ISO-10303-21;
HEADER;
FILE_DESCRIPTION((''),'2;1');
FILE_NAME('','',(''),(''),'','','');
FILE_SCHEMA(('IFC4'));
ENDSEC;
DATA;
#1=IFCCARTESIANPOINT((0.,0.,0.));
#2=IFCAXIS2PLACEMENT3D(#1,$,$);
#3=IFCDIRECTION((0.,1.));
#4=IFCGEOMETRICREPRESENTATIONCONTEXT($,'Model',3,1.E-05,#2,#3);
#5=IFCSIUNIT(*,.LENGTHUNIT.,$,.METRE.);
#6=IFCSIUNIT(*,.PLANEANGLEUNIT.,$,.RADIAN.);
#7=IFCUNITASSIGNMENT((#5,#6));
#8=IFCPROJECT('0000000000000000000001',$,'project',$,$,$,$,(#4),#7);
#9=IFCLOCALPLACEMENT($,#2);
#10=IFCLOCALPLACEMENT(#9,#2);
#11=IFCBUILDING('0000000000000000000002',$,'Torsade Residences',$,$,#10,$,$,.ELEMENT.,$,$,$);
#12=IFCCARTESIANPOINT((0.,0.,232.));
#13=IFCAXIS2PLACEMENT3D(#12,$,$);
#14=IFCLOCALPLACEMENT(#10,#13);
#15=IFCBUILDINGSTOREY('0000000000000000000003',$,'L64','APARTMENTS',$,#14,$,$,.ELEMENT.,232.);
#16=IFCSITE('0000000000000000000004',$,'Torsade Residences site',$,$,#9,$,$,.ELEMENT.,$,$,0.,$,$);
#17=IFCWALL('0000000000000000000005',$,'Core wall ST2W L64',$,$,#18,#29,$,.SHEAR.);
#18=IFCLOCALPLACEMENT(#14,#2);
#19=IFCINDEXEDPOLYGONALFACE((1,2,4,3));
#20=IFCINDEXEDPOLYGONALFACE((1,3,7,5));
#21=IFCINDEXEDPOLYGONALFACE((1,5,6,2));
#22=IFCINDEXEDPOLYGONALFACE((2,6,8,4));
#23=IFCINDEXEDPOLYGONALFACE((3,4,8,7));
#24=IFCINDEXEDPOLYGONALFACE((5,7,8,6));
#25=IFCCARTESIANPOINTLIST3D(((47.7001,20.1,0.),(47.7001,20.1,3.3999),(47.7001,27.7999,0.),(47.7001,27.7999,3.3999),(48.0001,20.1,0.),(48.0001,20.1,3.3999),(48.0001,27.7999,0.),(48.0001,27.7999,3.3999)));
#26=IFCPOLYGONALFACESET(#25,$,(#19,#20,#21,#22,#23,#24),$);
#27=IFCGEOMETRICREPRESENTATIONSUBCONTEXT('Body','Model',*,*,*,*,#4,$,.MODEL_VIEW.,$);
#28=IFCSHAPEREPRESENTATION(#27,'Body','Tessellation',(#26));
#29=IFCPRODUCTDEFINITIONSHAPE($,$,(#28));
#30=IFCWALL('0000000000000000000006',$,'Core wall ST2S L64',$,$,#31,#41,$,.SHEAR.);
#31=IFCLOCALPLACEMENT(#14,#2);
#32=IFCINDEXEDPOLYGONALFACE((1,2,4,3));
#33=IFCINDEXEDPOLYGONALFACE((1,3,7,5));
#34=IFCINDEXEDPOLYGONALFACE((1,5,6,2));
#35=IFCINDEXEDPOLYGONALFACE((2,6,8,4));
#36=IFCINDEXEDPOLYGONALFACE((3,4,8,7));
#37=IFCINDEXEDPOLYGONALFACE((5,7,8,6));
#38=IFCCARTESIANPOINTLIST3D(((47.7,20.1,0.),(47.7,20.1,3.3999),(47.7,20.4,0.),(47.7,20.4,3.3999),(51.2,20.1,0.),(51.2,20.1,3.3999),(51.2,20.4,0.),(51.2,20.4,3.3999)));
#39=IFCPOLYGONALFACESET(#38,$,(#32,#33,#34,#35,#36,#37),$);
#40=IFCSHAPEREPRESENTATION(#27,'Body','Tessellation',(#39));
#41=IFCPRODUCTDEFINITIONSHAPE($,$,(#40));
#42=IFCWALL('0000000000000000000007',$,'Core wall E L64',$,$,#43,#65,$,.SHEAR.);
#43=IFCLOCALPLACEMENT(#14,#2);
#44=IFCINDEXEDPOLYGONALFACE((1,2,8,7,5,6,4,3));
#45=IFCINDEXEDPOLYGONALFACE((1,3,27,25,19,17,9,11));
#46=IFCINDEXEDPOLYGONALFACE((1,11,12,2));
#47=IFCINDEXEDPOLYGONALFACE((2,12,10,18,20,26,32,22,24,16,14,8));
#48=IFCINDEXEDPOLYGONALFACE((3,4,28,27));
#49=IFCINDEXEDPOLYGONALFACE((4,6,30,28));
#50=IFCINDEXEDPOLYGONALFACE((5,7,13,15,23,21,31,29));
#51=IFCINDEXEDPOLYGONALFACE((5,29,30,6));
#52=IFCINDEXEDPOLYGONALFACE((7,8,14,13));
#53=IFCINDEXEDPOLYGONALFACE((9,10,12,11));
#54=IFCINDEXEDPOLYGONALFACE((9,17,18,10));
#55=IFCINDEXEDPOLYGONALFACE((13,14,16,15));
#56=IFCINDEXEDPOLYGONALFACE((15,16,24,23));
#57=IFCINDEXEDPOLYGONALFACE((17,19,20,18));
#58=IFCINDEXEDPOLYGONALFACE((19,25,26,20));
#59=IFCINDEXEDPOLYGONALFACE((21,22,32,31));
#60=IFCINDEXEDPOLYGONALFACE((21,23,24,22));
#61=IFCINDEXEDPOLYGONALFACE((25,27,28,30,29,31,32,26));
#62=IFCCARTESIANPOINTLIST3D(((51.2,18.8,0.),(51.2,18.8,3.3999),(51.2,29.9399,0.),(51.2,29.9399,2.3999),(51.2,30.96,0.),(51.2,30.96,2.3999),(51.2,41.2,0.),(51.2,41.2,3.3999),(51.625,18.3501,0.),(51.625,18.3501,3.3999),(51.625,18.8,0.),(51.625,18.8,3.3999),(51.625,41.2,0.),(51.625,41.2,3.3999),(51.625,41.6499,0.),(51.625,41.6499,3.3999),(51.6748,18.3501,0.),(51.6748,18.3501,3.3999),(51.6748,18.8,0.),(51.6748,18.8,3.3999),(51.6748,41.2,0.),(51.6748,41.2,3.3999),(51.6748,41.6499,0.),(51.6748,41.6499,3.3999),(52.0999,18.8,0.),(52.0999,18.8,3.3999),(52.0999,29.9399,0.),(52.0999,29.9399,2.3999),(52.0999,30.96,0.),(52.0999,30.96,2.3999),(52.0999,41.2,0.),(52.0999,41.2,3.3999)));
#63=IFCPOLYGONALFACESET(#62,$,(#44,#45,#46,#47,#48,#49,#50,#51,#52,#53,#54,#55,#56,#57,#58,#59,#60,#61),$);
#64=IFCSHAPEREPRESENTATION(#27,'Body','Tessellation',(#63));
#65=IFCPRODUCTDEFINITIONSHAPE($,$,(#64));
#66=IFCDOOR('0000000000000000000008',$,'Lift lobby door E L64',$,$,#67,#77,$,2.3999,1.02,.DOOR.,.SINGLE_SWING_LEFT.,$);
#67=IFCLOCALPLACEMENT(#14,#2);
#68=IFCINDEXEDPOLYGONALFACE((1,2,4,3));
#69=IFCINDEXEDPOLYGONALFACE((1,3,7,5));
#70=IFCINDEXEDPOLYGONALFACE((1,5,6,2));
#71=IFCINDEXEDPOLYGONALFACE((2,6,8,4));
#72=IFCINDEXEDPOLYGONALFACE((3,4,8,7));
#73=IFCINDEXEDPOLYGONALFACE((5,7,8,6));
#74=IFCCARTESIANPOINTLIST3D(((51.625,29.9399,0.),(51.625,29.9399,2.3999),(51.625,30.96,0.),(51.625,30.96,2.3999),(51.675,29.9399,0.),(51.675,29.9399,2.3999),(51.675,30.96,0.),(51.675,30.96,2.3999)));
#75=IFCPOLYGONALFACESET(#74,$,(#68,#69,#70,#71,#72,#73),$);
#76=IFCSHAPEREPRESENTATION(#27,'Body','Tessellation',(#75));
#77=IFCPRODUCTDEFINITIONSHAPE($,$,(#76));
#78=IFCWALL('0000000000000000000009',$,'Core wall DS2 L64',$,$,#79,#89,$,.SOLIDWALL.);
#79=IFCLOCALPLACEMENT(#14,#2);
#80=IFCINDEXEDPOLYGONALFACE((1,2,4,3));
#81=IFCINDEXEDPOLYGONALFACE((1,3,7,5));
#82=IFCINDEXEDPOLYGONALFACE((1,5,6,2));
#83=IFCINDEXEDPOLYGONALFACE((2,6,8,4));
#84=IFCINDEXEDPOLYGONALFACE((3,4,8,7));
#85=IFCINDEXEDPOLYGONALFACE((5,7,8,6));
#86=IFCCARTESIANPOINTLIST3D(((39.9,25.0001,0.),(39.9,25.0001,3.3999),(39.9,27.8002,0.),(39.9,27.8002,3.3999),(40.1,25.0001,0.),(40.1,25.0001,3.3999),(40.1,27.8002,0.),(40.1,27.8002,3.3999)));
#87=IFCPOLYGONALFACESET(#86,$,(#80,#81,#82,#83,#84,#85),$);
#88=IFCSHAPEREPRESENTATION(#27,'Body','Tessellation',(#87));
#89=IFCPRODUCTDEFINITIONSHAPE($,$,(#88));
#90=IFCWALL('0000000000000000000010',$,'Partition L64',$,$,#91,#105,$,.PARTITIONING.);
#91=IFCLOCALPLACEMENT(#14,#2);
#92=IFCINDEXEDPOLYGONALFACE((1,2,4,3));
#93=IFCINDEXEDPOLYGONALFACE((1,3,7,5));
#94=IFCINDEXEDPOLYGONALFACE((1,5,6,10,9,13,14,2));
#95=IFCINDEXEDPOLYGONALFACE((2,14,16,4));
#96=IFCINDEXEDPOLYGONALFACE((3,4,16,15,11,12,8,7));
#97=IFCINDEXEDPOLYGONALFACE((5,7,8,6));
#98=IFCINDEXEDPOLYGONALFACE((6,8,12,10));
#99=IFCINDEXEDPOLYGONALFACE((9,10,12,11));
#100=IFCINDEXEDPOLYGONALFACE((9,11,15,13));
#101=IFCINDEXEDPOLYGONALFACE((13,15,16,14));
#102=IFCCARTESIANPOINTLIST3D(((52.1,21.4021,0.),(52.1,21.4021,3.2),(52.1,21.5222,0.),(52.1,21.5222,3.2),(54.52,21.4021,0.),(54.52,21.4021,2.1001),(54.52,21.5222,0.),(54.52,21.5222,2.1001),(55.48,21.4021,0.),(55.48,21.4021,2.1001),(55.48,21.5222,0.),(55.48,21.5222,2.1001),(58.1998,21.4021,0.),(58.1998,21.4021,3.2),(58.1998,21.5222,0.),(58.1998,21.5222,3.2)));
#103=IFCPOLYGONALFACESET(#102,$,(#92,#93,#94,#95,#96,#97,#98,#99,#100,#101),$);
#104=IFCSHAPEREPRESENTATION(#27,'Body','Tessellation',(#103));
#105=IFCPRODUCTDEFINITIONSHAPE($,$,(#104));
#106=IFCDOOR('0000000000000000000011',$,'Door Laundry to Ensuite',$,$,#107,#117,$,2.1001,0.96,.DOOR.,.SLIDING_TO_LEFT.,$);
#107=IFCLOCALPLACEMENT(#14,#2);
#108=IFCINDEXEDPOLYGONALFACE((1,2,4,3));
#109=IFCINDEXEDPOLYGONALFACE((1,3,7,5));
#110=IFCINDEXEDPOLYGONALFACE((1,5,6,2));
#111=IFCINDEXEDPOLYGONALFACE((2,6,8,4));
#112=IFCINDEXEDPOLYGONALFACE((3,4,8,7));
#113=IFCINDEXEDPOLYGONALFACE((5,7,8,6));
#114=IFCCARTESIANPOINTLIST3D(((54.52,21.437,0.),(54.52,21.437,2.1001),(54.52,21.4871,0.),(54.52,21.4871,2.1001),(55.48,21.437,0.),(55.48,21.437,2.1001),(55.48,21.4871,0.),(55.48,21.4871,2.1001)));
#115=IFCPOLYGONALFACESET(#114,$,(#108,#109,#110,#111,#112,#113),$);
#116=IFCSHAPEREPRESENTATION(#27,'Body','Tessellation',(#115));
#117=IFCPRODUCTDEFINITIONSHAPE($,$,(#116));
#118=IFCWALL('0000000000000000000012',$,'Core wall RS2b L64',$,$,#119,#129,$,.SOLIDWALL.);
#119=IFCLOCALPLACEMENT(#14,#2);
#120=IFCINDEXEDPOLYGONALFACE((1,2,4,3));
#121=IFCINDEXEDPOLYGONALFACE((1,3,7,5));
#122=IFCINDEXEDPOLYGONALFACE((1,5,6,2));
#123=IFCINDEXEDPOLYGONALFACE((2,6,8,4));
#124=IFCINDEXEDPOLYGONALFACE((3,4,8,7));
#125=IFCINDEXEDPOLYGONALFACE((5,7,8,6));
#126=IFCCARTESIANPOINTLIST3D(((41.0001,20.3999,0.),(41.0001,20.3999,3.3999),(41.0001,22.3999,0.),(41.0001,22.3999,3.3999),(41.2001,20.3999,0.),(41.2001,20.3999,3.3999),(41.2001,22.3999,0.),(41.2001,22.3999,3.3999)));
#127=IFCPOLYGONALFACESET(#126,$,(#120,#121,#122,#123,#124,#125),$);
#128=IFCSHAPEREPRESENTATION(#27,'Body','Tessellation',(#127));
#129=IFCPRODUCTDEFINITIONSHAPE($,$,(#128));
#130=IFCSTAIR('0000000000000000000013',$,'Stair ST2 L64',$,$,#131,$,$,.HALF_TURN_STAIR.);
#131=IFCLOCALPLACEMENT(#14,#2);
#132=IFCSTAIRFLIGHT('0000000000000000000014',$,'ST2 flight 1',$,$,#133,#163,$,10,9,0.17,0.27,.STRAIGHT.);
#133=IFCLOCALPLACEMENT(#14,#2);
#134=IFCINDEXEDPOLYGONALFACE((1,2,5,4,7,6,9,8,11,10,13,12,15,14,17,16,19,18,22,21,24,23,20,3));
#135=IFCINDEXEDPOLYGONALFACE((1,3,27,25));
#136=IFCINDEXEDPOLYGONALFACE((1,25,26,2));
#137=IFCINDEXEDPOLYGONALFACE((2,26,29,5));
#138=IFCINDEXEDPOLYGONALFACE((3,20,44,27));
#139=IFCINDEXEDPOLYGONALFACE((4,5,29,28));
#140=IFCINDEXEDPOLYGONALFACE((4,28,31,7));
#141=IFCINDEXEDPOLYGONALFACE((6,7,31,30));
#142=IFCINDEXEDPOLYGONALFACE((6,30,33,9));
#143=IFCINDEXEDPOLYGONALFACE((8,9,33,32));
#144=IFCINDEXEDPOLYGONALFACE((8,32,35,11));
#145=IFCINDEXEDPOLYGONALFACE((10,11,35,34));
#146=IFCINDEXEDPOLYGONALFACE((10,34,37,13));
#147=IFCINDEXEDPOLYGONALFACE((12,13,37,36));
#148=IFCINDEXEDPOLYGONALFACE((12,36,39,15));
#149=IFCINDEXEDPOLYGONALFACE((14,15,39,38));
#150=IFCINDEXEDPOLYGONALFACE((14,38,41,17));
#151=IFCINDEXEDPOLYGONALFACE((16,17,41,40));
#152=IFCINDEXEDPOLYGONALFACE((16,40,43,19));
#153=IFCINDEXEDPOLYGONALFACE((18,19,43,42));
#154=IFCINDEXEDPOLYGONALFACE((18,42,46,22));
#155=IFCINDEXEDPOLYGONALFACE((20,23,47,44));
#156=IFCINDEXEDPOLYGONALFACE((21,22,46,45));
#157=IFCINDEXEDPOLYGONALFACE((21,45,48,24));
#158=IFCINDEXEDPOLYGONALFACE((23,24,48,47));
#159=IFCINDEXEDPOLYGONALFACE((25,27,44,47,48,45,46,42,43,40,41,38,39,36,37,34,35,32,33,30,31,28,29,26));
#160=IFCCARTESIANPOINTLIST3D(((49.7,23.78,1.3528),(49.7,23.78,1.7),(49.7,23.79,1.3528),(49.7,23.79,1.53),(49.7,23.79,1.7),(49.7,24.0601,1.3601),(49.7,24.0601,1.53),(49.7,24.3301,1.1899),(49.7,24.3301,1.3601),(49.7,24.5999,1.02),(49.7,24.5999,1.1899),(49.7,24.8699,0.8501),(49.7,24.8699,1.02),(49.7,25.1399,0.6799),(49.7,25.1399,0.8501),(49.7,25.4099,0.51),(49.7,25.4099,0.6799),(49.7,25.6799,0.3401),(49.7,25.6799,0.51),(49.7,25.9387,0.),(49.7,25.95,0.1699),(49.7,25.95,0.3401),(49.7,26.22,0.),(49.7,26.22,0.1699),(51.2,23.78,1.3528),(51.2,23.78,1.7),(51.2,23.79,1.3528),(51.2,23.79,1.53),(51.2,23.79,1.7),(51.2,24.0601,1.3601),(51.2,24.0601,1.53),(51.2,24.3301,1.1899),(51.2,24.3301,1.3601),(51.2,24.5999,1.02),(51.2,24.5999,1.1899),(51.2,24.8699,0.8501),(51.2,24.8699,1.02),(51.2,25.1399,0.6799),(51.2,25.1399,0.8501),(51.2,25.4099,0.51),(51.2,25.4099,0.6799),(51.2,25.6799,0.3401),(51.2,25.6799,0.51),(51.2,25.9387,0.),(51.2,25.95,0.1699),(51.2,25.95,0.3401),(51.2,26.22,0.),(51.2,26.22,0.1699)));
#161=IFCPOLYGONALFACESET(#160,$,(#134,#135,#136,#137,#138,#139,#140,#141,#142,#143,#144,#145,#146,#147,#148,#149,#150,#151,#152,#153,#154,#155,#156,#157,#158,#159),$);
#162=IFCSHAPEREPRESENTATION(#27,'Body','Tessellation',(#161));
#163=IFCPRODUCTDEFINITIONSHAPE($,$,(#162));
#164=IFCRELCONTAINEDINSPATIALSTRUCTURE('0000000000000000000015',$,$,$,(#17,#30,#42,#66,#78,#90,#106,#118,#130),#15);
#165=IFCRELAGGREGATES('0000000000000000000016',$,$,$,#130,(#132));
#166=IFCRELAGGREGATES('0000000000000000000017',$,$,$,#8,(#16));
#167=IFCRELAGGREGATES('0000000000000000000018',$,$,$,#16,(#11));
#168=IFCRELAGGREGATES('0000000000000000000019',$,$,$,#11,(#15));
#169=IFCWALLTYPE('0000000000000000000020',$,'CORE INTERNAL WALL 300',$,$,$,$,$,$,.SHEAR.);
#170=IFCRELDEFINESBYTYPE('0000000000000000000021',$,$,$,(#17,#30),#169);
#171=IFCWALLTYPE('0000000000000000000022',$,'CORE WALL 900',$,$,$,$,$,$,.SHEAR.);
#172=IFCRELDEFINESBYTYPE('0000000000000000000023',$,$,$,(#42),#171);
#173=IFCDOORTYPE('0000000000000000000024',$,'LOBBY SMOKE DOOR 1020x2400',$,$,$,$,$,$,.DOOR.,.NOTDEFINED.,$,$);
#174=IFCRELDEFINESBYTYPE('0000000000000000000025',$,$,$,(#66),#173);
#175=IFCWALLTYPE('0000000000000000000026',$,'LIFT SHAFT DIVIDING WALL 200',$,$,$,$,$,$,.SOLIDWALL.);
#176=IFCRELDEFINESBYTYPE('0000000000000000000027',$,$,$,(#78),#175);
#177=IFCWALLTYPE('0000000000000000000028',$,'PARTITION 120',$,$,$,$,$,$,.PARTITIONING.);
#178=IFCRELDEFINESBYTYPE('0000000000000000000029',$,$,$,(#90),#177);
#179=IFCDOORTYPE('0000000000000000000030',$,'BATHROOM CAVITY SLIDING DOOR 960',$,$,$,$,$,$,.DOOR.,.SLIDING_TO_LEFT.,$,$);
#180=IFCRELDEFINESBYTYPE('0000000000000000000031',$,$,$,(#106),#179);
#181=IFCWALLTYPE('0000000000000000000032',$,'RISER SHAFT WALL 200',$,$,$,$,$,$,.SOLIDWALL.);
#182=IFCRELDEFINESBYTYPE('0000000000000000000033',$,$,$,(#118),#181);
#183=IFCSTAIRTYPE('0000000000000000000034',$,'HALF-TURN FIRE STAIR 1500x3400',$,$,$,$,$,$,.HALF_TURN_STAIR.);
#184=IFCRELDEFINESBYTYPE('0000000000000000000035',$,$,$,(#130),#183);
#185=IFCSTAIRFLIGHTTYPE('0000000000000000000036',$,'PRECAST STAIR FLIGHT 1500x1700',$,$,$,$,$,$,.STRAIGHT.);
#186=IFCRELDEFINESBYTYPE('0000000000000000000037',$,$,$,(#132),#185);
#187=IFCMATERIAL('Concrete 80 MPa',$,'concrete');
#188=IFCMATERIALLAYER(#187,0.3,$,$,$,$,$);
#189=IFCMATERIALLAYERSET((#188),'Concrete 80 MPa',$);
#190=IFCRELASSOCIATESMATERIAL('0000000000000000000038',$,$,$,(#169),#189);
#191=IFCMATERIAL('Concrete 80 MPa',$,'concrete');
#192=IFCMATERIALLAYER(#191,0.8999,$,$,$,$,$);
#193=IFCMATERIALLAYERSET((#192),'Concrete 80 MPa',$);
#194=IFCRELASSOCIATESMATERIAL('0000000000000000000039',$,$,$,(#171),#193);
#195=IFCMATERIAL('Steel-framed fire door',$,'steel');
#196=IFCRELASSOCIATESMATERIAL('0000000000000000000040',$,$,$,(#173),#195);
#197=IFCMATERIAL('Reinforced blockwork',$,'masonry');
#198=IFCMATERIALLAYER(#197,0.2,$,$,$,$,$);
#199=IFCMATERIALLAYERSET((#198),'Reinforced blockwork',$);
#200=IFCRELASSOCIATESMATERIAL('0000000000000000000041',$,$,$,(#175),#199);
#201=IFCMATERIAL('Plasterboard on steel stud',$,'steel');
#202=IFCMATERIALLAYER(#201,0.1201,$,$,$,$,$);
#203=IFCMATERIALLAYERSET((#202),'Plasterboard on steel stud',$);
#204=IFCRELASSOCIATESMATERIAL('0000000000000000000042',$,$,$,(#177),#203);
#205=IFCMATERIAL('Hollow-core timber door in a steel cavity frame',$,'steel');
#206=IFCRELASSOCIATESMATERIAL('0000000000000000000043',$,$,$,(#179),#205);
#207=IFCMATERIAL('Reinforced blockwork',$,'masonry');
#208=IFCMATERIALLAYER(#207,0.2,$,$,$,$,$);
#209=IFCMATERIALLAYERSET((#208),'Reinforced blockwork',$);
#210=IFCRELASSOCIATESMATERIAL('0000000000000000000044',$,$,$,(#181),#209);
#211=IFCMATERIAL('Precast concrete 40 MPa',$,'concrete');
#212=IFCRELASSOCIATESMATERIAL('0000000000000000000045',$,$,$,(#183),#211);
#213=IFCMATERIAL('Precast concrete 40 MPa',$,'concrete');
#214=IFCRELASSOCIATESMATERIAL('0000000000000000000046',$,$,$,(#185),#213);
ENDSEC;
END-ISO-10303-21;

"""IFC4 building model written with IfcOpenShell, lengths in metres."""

from ifc_helpers import new_model, si_unit, direction, frame, frame_2d, origin, place, context, subcontext, project, spatial, polyline, rectangle, outline, extrude, material, layer, layer_set, type_object, element, fill, aggregate, save


model = new_model("IFC4")

# Units and contexts
model_context = context("Model", 3, precision=1e-05, world=origin(), true_north=direction((0.0, 1.0)))
body_context = subcontext(model_context, "Body", "Model", "MODEL_VIEW")
ifc_project = project(units=[si_unit("LENGTHUNIT", "METRE"), si_unit("PLANEANGLEUNIT", "RADIAN")], contexts=[model_context])

# Site, building, storey
site_placement = place(None, origin())
site = spatial("IfcSite", under=ifc_project, at=site_placement, Name="Torsade Residences site", CompositionType="ELEMENT", RefElevation=0.0)
building_placement = place(site_placement, origin())
building = spatial("IfcBuilding", under=site, at=building_placement, Name="Torsade Residences", CompositionType="ELEMENT")
storey_placement = place(building_placement, frame((0.0, 0.0, 232.0)))
storey = spatial("IfcBuildingStorey", under=building, at=storey_placement, Name="L64", Description="APARTMENTS", CompositionType="ELEMENT", Elevation=232.0)

# Shared definitions
ifc_material_1 = material(Name="Concrete 80 MPa", Category="concrete")
ifc_layer_1 = layer(ifc_material_1, 0.3)
ifc_layer_set_1 = layer_set([ifc_layer_1], Name="Concrete 80 MPa")
wall_type_1 = type_object("IfcWallType", Name="CORE INTERNAL WALL 300", PredefinedType="SHEAR", material=ifc_layer_set_1)

# Walls
wall_1_placement = place(storey_placement, frame((47.8501, 27.8, 0.0), z_axis=(0.0, 0.0, 1.0), x_axis=(0.0, -1.0, 0.0)))
element("IfcWall", 1, at=wall_1_placement, inside=storey, type_object=wall_type_1, Name="Core wall ST2W L64", PredefinedType="SHEAR", context=body_context, shape_type="SweptSolid", body=[
    extrude(rectangle(XDim=7.7, YDim=0.3, at=frame_2d((3.8501, 0.0))), origin(), (0.0, 0.0, 1.0), 3.3999),
])
wall_2_placement = place(storey_placement, frame((51.2, 20.25, 0.0), z_axis=(0.0, 0.0, 1.0), x_axis=(-1.0, 0.0, 0.0)))
element("IfcWall", 2, at=wall_2_placement, inside=storey, type_object=wall_type_1, Name="Core wall ST2S L64", PredefinedType="SHEAR", context=body_context, shape_type="SweptSolid", body=[
    extrude(rectangle(XDim=3.5, YDim=0.3, at=frame_2d((1.75, 0.0))), origin(), (0.0, 0.0, 1.0), 3.3999),
])

# Wall, opening, door
ifc_material_2 = material(Name="Concrete 80 MPa", Category="concrete")
ifc_layer_2 = layer(ifc_material_2, 0.8999)
ifc_layer_set_2 = layer_set([ifc_layer_2], Name="Concrete 80 MPa")
wall_type_2 = type_object("IfcWallType", Name="CORE WALL 900", PredefinedType="SHEAR", material=ifc_layer_set_2)
wall_3_placement = place(storey_placement, frame((51.6499, 18.8, 0.0), z_axis=(0.0, 0.0, 1.0), x_axis=(0.0, 1.0, 0.0)))
wall_3 = element("IfcWall", 3, at=wall_3_placement, inside=storey, type_object=wall_type_2, Name="Core wall E L64", PredefinedType="SHEAR", context=body_context, shape_type="SweptSolid", body=[
    extrude(outline(polyline([(0.0, -0.45), (22.3999, -0.45), (22.3999, -0.0249), (22.8499, -0.0249), (22.8499, 0.0249), (22.3999, 0.0249), (22.3999, 0.45), (0.0, 0.45), (0.0, 0.0249), (-0.45, 0.0249), (-0.45, -0.0249), (0.0, -0.0249), (0.0, -0.45)])), origin(), (0.0, 0.0, 1.0), 3.3999),
])
opening_1_placement = place(wall_3_placement, frame((11.1399, 0.0, 0.0)))
opening_1 = element("IfcOpeningElement", 4, at=opening_1_placement, cuts=wall_3, PredefinedType="OPENING", context=body_context, shape_type="SweptSolid", body=[
    extrude(rectangle(XDim=1.02, YDim=2.3999, at=frame_2d((0.51, 1.2))), frame((0.0, 0.46, 0.0), z_axis=(0.0, -1.0, 0.0), x_axis=(1.0, 0.0, 0.0)), (0.0, 0.0, 1.0), 0.9199),
])
ifc_material_3 = material(Name="Steel-framed fire door", Category="steel")
door_type_1 = type_object("IfcDoorType", Name="LOBBY SMOKE DOOR 1020x2400", OperationType="NOTDEFINED", PredefinedType="DOOR", material=ifc_material_3)
door_1_placement = place(opening_1_placement, origin())
door_1 = element("IfcDoor", 5, at=door_1_placement, inside=storey, type_object=door_type_1, Name="Lift lobby door E L64", OperationType="SINGLE_SWING_LEFT", OverallHeight=2.3999, OverallWidth=1.02, PredefinedType="DOOR", context=body_context, shape_type="SweptSolid", body=[
    extrude(rectangle(XDim=1.02, YDim=2.3999, at=frame_2d((0.51, 1.2))), frame((0.0, 0.0249, 0.0), z_axis=(0.0, -1.0, 0.0), x_axis=(1.0, 0.0, 0.0)), (0.0, 0.0, 1.0), 0.05),
])
fill(opening_1, door_1)

# Wall
ifc_material_4 = material(Name="Reinforced blockwork", Category="masonry")
ifc_layer_3 = layer(ifc_material_4, 0.2)
ifc_layer_set_3 = layer_set([ifc_layer_3], Name="Reinforced blockwork")
wall_type_3 = type_object("IfcWallType", Name="LIFT SHAFT DIVIDING WALL 200", PredefinedType="SOLIDWALL", material=ifc_layer_set_3)
wall_4_placement = place(storey_placement, frame((40.0, 27.8, 0.0), z_axis=(0.0, 0.0, 1.0), x_axis=(0.0, -1.0, 0.0)))
element("IfcWall", 6, at=wall_4_placement, inside=storey, type_object=wall_type_3, Name="Core wall DS2 L64", PredefinedType="SOLIDWALL", context=body_context, shape_type="SweptSolid", body=[
    extrude(rectangle(XDim=2.8, YDim=0.2, at=frame_2d((1.3999, 0.0))), origin(), (0.0, 0.0, 1.0), 3.3999),
])

# Wall, opening, door
ifc_material_5 = material(Name="Plasterboard on steel stud", Category="steel")
ifc_layer_4 = layer(ifc_material_5, 0.1201)
ifc_layer_set_4 = layer_set([ifc_layer_4], Name="Plasterboard on steel stud")
wall_type_4 = type_object("IfcWallType", Name="PARTITION 120", PredefinedType="PARTITIONING", material=ifc_layer_set_4)
wall_5_placement = place(storey_placement, frame((52.1001, 21.4622, 0.0), z_axis=(0.0, 0.0, 1.0), x_axis=(1.0, 0.0, 0.0)))
wall_5 = element("IfcWall", 7, at=wall_5_placement, inside=storey, type_object=wall_type_4, Name="Partition L64", PredefinedType="PARTITIONING", context=body_context, shape_type="SweptSolid", body=[
    extrude(rectangle(XDim=6.0999, YDim=0.1201, at=frame_2d((3.0498, 0.0))), origin(), (0.0, 0.0, 1.0), 3.2),
])
opening_2_placement = place(wall_5_placement, frame((2.4199, 0.0, 0.0)))
opening_2 = element("IfcOpeningElement", 8, at=opening_2_placement, cuts=wall_5, PredefinedType="OPENING", context=body_context, shape_type="SweptSolid", body=[
    extrude(rectangle(XDim=0.96, YDim=2.1001, at=frame_2d((0.48, 1.05))), frame((0.0, 0.0701, 0.0), z_axis=(0.0, -1.0, 0.0), x_axis=(1.0, 0.0, 0.0)), (0.0, 0.0, 1.0), 0.1401),
])
ifc_material_6 = material(Name="Hollow-core timber door in a steel cavity frame", Category="steel")
door_type_2 = type_object("IfcDoorType", Name="BATHROOM CAVITY SLIDING DOOR 960", OperationType="SLIDING_TO_LEFT", PredefinedType="DOOR", material=ifc_material_6)
door_2_placement = place(opening_2_placement, origin())
door_2 = element("IfcDoor", 9, at=door_2_placement, inside=storey, type_object=door_type_2, Name="Door Laundry to Ensuite", OperationType="SLIDING_TO_LEFT", OverallHeight=2.1001, OverallWidth=0.96, PredefinedType="DOOR", context=body_context, shape_type="SweptSolid", body=[
    extrude(rectangle(XDim=0.96, YDim=2.1001, at=frame_2d((0.48, 1.05))), frame((0.0, 0.0249, 0.0), z_axis=(0.0, -1.0, 0.0), x_axis=(1.0, 0.0, 0.0)), (0.0, 0.0, 1.0), 0.05),
])
fill(opening_2, door_2)

# Wall
ifc_material_7 = material(Name="Reinforced blockwork", Category="masonry")
ifc_layer_5 = layer(ifc_material_7, 0.2)
ifc_layer_set_5 = layer_set([ifc_layer_5], Name="Reinforced blockwork")
wall_type_5 = type_object("IfcWallType", Name="RISER SHAFT WALL 200", PredefinedType="SOLIDWALL", material=ifc_layer_set_5)
wall_6_placement = place(storey_placement, frame((41.1001, 22.3999, 0.0), z_axis=(0.0, 0.0, 1.0), x_axis=(0.0, -1.0, 0.0)))
element("IfcWall", 10, at=wall_6_placement, inside=storey, type_object=wall_type_5, Name="Core wall RS2b L64", PredefinedType="SOLIDWALL", context=body_context, shape_type="SweptSolid", body=[
    extrude(rectangle(XDim=2.0, YDim=0.2, at=frame_2d((1.0, 0.0))), origin(), (0.0, 0.0, 1.0), 3.3999),
])

# Stair, stair flight
ifc_material_8 = material(Name="Precast concrete 40 MPa", Category="concrete")
stair_type = type_object("IfcStairType", Name="HALF-TURN FIRE STAIR 1500x3400", PredefinedType="HALF_TURN_STAIR", material=ifc_material_8)
stair_placement = place(storey_placement, origin())
stair = element("IfcStair", 11, at=stair_placement, inside=storey, type_object=stair_type, Name="Stair ST2 L64", PredefinedType="HALF_TURN_STAIR")
ifc_material_9 = material(Name="Precast concrete 40 MPa", Category="concrete")
stair_flight_type = type_object("IfcStairFlightType", Name="PRECAST STAIR FLIGHT 1500x1700", PredefinedType="STRAIGHT", material=ifc_material_9)
stair_flight_1_placement = place(storey_placement, frame((50.45, 26.22, 0.0), z_axis=(0.0, 0.0, 1.0), x_axis=(0.0, -1.0, 0.0)))
stair_flight_1 = element("IfcStairFlight", 12, at=stair_flight_1_placement, type_object=stair_flight_type, Name="ST2 flight 1", NumberOfRisers=10, NumberOfTreads=9, PredefinedType="STRAIGHT", RiserHeight=0.17, TreadLength=0.27, context=body_context, shape_type="SweptSolid", body=[
    extrude(outline(polyline([(0.0, 0.0), (0.0, 0.1699), (0.27, 0.1699), (0.27, 0.3401), (0.54, 0.3401), (0.54, 0.51), (0.8101, 0.51), (0.8101, 0.6799), (1.0801, 0.6799), (1.0801, 0.8501), (1.3501, 0.8501), (1.3501, 1.02), (1.6201, 1.02), (1.6201, 1.1899), (1.8899, 1.1899), (1.8899, 1.3601), (2.1599, 1.3601), (2.1599, 1.53), (2.4299, 1.53), (2.4299, 1.7), (2.4399, 1.7), (2.4399, 1.3528), (2.4299, 1.3528), (0.2812, 0.0), (0.0, 0.0)])), frame((0.0, 0.75, 0.0), z_axis=(0.0, -1.0, 0.0), x_axis=(1.0, 0.0, 0.0)), (0.0, 0.0, 1.0), 1.5),
])
aggregate(stair, [stair_flight_1])

save(model, "model.ifc")
